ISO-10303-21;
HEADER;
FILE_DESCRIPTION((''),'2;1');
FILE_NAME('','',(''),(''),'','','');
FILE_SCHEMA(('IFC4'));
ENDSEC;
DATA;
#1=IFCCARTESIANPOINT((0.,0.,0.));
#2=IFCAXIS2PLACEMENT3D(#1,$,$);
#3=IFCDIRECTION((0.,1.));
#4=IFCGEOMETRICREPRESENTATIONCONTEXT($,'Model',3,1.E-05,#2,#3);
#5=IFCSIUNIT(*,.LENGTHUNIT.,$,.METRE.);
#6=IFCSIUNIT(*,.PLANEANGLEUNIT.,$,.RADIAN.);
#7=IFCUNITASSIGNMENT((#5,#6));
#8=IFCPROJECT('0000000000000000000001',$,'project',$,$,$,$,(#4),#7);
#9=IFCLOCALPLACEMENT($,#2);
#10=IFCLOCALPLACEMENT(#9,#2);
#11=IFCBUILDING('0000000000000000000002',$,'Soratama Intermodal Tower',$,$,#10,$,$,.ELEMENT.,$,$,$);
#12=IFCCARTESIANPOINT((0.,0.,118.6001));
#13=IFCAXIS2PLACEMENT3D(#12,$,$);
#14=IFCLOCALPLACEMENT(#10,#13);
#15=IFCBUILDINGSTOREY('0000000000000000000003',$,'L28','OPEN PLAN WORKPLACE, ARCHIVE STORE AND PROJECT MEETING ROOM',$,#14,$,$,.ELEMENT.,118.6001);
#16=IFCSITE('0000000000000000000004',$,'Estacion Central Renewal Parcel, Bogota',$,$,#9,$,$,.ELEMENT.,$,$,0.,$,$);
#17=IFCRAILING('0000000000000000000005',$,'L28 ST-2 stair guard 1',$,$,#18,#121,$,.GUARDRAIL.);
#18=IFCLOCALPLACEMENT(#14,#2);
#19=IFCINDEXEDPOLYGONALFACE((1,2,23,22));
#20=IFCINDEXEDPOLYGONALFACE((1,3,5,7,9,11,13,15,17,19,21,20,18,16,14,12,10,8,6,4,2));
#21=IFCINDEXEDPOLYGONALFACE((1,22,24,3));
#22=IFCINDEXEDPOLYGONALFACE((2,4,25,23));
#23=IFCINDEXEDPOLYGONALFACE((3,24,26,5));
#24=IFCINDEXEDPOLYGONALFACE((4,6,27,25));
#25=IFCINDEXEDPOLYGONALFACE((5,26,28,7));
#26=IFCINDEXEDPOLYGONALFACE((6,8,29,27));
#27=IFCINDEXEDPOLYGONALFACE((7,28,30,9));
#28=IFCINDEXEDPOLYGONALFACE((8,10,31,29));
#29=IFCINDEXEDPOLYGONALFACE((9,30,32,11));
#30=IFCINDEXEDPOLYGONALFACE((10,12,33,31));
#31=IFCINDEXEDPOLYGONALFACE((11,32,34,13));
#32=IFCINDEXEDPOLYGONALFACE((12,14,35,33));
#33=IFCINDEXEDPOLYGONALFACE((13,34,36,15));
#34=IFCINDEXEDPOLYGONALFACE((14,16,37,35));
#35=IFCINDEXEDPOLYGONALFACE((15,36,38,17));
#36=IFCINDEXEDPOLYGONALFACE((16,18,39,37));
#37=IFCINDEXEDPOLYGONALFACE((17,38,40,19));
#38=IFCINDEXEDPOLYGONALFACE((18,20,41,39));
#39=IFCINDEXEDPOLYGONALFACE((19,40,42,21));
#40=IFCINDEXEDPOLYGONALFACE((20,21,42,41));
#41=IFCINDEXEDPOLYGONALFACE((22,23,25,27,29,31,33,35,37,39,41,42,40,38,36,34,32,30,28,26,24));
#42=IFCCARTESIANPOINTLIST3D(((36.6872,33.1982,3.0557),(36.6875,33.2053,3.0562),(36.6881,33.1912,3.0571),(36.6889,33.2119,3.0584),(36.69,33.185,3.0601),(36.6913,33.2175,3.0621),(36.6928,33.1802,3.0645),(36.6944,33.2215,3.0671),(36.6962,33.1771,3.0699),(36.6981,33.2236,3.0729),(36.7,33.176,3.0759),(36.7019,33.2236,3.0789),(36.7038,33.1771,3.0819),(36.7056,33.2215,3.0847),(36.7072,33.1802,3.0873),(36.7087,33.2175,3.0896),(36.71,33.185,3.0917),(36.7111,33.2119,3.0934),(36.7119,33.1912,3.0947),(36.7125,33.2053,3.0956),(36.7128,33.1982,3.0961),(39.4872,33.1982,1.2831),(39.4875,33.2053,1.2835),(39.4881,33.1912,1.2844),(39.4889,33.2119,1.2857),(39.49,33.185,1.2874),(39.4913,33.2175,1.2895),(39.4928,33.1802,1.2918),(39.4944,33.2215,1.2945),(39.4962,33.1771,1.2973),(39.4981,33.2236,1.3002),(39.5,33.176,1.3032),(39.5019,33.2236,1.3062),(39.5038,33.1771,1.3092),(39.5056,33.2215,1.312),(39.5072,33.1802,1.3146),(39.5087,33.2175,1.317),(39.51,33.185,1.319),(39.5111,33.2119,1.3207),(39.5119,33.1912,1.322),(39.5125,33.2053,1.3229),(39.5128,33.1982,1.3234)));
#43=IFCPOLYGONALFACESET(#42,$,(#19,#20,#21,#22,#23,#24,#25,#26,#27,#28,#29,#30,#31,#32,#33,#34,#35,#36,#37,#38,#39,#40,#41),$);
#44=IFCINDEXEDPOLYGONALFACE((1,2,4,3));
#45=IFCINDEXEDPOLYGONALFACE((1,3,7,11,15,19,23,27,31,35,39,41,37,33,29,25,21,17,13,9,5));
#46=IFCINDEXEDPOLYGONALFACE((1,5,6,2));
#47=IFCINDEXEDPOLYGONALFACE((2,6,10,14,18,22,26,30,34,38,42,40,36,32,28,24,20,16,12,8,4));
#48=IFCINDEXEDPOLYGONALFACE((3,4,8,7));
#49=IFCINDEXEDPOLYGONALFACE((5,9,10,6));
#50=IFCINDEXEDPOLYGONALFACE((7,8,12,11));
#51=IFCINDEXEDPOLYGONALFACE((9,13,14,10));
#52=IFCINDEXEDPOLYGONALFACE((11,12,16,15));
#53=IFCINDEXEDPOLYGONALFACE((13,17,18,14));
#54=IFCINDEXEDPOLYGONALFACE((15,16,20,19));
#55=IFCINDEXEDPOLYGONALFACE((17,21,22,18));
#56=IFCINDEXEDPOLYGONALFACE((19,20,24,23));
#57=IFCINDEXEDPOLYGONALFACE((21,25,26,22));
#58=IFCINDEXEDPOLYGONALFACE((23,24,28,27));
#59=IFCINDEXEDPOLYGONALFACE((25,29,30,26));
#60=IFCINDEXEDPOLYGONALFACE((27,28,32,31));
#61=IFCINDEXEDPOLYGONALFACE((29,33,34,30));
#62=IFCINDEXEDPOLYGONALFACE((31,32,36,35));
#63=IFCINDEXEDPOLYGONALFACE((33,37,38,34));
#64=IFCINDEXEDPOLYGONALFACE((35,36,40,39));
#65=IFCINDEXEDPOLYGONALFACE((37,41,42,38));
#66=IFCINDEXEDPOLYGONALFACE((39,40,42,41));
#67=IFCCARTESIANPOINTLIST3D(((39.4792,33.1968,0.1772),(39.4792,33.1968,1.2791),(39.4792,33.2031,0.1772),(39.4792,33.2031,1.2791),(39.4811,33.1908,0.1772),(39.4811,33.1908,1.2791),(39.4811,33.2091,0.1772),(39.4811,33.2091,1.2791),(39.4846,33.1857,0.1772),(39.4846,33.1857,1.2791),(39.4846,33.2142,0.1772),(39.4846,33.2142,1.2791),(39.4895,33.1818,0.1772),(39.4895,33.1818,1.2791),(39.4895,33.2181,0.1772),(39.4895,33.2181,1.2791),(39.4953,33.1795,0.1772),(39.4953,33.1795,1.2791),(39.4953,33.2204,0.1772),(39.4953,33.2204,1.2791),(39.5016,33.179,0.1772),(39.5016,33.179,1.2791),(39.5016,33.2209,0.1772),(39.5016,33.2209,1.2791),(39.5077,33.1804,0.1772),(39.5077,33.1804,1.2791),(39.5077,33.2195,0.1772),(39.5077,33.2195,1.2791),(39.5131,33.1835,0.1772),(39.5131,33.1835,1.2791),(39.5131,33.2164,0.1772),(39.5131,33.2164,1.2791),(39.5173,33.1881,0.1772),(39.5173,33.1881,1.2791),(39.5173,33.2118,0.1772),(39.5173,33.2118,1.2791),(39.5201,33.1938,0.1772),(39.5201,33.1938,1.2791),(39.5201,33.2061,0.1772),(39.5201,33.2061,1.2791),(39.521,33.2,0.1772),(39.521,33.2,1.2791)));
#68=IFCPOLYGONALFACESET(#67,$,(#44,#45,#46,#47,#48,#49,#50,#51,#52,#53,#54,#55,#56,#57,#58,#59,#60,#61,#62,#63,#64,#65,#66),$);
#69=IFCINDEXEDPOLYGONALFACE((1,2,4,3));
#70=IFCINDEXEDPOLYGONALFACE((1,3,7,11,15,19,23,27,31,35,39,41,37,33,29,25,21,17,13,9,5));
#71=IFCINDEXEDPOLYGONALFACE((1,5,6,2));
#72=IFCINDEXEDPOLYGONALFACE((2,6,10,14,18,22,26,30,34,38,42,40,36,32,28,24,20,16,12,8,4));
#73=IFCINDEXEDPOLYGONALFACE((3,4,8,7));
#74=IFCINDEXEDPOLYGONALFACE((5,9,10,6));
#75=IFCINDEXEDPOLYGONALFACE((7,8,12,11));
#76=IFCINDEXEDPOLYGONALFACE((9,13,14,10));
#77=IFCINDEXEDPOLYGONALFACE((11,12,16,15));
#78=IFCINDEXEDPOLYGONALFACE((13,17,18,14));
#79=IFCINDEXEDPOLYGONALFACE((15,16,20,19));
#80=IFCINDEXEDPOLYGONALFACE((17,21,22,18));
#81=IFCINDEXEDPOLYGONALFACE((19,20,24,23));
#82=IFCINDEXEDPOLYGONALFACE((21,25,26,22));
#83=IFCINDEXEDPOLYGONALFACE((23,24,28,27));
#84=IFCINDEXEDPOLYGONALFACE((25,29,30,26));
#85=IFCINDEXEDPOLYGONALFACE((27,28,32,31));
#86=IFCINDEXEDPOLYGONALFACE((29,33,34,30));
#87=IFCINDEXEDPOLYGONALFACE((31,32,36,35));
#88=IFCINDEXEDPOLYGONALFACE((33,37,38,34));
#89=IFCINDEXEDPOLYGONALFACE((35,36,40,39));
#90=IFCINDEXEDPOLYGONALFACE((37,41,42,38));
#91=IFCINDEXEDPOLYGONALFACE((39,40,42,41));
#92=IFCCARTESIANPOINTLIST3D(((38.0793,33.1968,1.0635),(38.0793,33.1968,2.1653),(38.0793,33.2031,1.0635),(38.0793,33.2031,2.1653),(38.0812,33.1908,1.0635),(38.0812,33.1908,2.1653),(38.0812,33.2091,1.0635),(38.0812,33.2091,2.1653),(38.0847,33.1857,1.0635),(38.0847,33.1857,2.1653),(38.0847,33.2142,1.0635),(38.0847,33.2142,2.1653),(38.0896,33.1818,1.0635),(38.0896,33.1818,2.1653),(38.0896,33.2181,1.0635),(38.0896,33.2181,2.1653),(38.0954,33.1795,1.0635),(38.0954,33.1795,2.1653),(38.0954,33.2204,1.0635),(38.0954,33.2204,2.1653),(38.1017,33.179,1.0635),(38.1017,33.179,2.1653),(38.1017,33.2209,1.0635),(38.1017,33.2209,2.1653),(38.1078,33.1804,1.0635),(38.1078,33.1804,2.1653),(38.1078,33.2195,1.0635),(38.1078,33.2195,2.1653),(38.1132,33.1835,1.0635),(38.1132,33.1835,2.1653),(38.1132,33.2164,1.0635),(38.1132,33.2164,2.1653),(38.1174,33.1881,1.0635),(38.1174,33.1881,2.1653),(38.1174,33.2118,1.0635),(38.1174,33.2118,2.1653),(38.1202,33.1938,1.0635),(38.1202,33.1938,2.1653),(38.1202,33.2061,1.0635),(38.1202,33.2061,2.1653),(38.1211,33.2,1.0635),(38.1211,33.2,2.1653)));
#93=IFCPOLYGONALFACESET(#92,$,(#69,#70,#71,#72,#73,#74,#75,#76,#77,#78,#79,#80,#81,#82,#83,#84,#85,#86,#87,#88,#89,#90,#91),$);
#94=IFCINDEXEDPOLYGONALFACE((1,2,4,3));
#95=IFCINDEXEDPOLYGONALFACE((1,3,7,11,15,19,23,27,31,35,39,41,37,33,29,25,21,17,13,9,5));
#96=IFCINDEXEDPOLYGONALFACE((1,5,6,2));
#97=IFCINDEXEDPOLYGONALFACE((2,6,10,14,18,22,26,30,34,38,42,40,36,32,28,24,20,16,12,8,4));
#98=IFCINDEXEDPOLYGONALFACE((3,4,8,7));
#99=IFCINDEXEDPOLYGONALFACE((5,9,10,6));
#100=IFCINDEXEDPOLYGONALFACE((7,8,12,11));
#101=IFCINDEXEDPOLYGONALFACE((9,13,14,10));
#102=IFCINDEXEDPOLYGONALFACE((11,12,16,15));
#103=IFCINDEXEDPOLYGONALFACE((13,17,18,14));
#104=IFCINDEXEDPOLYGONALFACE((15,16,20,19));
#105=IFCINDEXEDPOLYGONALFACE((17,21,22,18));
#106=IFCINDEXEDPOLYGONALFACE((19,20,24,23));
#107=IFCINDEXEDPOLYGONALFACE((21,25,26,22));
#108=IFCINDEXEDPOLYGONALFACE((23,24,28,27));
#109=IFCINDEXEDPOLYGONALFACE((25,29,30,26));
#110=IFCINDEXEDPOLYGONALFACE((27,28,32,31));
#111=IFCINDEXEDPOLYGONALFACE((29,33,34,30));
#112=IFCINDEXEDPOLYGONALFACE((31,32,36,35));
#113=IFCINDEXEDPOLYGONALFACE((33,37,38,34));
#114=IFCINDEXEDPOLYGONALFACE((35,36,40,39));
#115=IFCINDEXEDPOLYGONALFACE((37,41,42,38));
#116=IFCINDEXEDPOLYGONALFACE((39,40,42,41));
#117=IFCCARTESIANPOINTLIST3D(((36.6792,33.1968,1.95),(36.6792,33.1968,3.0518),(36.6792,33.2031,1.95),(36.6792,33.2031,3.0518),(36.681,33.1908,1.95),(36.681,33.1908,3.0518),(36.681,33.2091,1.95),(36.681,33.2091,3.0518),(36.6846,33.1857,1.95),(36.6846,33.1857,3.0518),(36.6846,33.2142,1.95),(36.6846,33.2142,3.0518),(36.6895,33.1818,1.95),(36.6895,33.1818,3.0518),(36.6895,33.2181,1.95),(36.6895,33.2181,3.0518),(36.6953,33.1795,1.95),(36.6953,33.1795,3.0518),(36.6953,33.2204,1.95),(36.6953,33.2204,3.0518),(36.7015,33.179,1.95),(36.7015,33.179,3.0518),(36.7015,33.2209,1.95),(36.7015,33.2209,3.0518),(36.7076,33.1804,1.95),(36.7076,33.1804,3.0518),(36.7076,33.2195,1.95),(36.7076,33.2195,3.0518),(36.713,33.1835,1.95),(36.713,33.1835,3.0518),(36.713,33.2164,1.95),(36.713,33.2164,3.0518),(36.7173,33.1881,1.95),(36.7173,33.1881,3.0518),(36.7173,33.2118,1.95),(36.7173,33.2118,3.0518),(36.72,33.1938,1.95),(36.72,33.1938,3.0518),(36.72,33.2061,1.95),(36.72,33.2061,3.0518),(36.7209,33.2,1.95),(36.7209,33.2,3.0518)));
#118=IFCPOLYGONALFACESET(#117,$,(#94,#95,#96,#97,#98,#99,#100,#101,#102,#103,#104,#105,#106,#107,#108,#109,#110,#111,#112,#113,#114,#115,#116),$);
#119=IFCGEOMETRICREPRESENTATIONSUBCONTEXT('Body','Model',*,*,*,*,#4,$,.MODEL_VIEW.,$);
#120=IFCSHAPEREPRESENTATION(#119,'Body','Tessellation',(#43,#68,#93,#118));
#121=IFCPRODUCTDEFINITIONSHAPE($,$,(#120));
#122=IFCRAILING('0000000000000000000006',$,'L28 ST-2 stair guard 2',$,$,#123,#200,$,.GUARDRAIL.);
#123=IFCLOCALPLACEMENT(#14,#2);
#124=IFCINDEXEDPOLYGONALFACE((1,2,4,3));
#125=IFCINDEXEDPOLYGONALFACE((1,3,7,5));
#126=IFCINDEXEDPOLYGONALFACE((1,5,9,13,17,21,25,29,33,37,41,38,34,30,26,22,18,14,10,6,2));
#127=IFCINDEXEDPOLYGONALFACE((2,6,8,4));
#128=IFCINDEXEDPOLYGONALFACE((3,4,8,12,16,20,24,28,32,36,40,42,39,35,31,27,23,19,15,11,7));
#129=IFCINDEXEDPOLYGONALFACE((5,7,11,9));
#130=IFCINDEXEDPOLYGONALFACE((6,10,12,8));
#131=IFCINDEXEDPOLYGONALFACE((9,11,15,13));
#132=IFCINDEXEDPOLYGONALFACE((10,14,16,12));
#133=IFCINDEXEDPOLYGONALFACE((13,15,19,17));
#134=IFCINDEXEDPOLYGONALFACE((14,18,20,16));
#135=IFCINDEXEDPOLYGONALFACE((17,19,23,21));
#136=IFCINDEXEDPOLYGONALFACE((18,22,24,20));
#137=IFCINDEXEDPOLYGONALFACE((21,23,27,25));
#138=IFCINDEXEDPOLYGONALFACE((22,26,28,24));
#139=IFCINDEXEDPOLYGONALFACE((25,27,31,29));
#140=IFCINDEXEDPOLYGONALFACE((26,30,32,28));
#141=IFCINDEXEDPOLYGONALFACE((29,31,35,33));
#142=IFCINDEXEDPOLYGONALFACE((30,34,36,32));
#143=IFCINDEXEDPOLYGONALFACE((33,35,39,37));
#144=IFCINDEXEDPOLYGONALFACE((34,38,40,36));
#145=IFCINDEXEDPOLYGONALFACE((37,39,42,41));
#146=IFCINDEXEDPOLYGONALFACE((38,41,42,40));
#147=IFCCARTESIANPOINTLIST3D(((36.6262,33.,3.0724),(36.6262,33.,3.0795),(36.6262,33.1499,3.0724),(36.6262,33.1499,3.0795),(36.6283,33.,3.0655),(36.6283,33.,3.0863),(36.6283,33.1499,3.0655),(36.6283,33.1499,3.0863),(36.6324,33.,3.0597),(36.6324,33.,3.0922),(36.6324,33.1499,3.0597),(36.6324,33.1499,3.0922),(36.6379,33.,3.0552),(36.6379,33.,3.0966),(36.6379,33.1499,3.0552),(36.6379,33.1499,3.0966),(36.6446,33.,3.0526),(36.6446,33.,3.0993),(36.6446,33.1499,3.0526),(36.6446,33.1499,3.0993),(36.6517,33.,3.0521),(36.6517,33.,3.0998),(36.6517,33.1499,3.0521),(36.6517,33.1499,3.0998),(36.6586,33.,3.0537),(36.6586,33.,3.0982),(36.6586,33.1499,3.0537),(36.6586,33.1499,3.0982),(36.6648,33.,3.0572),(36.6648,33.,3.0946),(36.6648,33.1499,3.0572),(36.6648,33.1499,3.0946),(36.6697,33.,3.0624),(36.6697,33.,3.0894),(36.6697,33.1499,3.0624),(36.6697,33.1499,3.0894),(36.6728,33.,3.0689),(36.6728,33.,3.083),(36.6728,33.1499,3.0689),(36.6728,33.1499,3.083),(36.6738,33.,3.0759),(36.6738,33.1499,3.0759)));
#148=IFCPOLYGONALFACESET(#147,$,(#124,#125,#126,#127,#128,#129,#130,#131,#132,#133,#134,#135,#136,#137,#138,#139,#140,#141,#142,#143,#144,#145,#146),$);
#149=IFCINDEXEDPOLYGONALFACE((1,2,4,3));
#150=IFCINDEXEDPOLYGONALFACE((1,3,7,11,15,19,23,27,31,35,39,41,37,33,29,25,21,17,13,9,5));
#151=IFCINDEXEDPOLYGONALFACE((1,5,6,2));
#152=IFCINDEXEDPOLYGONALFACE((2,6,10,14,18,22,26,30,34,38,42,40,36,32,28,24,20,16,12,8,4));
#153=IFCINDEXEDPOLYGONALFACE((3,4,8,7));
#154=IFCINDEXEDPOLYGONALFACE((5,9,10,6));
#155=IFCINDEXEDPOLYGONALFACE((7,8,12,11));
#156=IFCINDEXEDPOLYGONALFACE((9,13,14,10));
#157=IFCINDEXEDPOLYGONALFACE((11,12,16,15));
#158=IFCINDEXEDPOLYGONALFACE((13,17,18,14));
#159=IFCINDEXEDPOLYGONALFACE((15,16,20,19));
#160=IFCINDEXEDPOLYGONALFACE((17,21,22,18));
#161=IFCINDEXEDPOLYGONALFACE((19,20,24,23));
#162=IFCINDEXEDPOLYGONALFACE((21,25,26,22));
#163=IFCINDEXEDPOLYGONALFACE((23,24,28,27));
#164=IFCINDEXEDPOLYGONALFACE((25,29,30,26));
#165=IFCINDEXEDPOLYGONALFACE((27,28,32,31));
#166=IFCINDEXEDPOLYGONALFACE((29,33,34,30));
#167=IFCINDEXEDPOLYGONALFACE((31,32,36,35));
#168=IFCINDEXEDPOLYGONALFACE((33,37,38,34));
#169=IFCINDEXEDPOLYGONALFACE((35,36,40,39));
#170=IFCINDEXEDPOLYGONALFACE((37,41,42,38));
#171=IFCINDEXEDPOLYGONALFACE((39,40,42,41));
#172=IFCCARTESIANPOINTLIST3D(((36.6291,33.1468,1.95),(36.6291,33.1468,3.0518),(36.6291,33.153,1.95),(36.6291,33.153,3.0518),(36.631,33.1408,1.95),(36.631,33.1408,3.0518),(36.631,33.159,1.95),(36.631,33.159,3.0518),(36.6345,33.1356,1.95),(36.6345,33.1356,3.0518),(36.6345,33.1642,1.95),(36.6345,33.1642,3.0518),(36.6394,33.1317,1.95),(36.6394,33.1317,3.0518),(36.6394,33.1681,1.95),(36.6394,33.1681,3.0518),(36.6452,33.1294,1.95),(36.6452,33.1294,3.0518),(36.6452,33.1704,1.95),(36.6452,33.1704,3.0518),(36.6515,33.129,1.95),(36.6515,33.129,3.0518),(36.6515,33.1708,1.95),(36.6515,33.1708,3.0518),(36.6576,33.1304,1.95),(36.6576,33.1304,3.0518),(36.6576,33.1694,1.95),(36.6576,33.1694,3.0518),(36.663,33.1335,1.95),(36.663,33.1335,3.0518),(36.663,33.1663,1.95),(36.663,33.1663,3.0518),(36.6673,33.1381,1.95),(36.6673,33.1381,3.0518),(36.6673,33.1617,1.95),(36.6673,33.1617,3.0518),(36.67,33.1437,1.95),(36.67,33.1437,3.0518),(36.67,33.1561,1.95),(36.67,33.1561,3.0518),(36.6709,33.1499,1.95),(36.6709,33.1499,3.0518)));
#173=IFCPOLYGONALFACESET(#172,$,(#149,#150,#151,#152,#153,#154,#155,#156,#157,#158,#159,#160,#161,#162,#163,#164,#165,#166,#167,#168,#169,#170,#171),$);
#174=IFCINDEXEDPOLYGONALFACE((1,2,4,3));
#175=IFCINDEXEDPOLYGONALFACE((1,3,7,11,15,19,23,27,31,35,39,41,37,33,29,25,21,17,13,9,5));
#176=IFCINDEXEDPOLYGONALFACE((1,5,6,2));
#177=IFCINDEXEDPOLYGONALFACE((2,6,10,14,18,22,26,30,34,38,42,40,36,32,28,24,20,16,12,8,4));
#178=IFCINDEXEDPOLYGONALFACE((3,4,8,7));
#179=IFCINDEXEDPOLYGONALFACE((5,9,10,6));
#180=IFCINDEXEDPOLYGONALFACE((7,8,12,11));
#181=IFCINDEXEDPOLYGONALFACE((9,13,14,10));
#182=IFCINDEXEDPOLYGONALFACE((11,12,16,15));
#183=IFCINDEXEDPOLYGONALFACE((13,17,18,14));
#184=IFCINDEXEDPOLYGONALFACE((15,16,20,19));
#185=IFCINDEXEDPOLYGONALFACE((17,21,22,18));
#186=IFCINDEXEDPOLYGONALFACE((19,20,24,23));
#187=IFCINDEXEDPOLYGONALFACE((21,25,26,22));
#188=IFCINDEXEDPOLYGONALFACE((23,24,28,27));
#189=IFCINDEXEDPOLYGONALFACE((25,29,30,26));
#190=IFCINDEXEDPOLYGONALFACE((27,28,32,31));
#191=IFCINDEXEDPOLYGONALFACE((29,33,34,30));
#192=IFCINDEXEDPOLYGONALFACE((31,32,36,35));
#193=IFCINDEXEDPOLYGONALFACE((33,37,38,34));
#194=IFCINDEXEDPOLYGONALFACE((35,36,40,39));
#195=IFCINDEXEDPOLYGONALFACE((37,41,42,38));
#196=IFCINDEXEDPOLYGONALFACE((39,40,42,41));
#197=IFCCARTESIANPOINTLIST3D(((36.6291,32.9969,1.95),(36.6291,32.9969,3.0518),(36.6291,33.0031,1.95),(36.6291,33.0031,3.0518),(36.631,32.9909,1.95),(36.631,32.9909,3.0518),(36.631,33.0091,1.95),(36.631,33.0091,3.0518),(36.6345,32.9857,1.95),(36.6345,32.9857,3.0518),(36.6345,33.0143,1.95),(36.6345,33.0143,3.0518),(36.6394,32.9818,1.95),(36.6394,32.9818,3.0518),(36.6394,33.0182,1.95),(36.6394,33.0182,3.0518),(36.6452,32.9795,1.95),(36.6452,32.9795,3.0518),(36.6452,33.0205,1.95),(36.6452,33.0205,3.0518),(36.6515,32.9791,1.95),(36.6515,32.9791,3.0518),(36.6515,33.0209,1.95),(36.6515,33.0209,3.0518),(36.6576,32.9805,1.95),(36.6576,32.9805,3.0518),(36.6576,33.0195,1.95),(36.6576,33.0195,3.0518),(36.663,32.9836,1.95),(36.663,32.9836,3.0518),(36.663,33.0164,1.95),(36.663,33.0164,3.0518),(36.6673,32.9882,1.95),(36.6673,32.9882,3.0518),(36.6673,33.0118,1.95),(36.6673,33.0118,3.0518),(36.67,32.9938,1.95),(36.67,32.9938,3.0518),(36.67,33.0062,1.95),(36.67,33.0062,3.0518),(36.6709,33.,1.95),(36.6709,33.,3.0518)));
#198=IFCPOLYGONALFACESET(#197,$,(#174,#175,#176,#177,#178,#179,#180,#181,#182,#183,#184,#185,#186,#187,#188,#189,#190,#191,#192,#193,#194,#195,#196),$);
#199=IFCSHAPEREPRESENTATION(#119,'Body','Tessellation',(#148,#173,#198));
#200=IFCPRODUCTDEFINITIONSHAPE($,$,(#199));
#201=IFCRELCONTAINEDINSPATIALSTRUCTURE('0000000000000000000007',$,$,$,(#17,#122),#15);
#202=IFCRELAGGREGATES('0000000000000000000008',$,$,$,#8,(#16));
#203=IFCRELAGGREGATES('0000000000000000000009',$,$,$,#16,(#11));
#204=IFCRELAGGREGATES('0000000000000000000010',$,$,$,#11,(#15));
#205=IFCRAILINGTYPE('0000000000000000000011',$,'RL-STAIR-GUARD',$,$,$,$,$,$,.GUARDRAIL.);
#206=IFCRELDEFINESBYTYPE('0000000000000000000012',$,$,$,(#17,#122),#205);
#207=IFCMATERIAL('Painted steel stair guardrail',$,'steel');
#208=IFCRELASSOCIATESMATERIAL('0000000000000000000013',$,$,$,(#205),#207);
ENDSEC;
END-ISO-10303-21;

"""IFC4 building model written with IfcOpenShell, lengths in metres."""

from ifc_helpers import new_model, si_unit, direction, frame, origin, origin_2d, place, context, subcontext, project, spatial, circle, extrude, material, type_object, element, save


model = new_model("IFC4")

# Units and contexts
model_context = context("Model", 3, precision=1e-05, world=origin(), true_north=direction((0.0, 1.0)))
body_context = subcontext(model_context, "Body", "Model", "MODEL_VIEW")
ifc_project = project(units=[si_unit("LENGTHUNIT", "METRE"), si_unit("PLANEANGLEUNIT", "RADIAN")], contexts=[model_context])

# Site, building, storey
site_placement = place(None, origin())
site = spatial("IfcSite", under=ifc_project, at=site_placement, Name="Estacion Central Renewal Parcel, Bogota", CompositionType="ELEMENT", RefElevation=0.0)
building_placement = place(site_placement, origin())
building = spatial("IfcBuilding", under=site, at=building_placement, Name="Soratama Intermodal Tower", CompositionType="ELEMENT")
storey_placement = place(building_placement, frame((0.0, 0.0, 118.6001)))
storey = spatial("IfcBuildingStorey", under=building, at=storey_placement, Name="L28", Description="OPEN PLAN WORKPLACE, ARCHIVE STORE AND PROJECT MEETING ROOM", CompositionType="ELEMENT", Elevation=118.6001)

# Railings
ifc_material_1 = material(Name="Painted steel stair guardrail", Category="steel")
railing_type_1 = type_object("IfcRailingType", Name="RL-STAIR-GUARD", PredefinedType="GUARDRAIL", material=ifc_material_1)
railing_1_placement = place(storey_placement, frame((39.5, 33.2, 0.1772)))
element("IfcRailing", 1, at=railing_1_placement, inside=storey, type_object=railing_type_1, Name="L28 ST-2 stair guard 1", PredefinedType="GUARDRAIL", context=body_context, shape_type="SweptSolid", body=[
    extrude(circle(Radius=0.0239, at=origin_2d()), frame((0.0, 0.0, 1.126), z_axis=(-0.844909, 0.0, 0.53491), x_axis=(0.0, -1.0, 0.0)), (0.0, 0.0, 1.0), 3.314),
    extrude(circle(Radius=0.021, at=origin_2d()), origin(), (0.0, 0.0, 1.0), 1.1018),
    extrude(circle(Radius=0.021, at=origin_2d()), frame((-1.3999, 0.0, 0.8862)), (0.0, 0.0, 1.0), 1.1018),
    extrude(circle(Radius=0.021, at=origin_2d()), frame((-2.8, 0.0, 1.7727)), (0.0, 0.0, 1.0), 1.1018),
])
railing_2_placement = place(storey_placement, frame((36.6499, 33.1499, 1.95)))
element("IfcRailing", 2, at=railing_2_placement, inside=storey, type_object=railing_type_1, Name="L28 ST-2 stair guard 2", PredefinedType="GUARDRAIL", context=body_context, shape_type="SweptSolid", body=[
    extrude(circle(Radius=0.0239, at=origin_2d()), frame((0.0, 0.0, 1.126), z_axis=(0.0, -1.0, 0.0), x_axis=(1.0, 0.0, 0.0)), (0.0, 0.0, 1.0), 0.1499),
    extrude(circle(Radius=0.021, at=origin_2d()), origin(), (0.0, 0.0, 1.0), 1.1018),
    extrude(circle(Radius=0.021, at=origin_2d()), frame((0.0, -0.1499, 0.0)), (0.0, 0.0, 1.0), 1.1018),
])

save(model, "model.ifc")
